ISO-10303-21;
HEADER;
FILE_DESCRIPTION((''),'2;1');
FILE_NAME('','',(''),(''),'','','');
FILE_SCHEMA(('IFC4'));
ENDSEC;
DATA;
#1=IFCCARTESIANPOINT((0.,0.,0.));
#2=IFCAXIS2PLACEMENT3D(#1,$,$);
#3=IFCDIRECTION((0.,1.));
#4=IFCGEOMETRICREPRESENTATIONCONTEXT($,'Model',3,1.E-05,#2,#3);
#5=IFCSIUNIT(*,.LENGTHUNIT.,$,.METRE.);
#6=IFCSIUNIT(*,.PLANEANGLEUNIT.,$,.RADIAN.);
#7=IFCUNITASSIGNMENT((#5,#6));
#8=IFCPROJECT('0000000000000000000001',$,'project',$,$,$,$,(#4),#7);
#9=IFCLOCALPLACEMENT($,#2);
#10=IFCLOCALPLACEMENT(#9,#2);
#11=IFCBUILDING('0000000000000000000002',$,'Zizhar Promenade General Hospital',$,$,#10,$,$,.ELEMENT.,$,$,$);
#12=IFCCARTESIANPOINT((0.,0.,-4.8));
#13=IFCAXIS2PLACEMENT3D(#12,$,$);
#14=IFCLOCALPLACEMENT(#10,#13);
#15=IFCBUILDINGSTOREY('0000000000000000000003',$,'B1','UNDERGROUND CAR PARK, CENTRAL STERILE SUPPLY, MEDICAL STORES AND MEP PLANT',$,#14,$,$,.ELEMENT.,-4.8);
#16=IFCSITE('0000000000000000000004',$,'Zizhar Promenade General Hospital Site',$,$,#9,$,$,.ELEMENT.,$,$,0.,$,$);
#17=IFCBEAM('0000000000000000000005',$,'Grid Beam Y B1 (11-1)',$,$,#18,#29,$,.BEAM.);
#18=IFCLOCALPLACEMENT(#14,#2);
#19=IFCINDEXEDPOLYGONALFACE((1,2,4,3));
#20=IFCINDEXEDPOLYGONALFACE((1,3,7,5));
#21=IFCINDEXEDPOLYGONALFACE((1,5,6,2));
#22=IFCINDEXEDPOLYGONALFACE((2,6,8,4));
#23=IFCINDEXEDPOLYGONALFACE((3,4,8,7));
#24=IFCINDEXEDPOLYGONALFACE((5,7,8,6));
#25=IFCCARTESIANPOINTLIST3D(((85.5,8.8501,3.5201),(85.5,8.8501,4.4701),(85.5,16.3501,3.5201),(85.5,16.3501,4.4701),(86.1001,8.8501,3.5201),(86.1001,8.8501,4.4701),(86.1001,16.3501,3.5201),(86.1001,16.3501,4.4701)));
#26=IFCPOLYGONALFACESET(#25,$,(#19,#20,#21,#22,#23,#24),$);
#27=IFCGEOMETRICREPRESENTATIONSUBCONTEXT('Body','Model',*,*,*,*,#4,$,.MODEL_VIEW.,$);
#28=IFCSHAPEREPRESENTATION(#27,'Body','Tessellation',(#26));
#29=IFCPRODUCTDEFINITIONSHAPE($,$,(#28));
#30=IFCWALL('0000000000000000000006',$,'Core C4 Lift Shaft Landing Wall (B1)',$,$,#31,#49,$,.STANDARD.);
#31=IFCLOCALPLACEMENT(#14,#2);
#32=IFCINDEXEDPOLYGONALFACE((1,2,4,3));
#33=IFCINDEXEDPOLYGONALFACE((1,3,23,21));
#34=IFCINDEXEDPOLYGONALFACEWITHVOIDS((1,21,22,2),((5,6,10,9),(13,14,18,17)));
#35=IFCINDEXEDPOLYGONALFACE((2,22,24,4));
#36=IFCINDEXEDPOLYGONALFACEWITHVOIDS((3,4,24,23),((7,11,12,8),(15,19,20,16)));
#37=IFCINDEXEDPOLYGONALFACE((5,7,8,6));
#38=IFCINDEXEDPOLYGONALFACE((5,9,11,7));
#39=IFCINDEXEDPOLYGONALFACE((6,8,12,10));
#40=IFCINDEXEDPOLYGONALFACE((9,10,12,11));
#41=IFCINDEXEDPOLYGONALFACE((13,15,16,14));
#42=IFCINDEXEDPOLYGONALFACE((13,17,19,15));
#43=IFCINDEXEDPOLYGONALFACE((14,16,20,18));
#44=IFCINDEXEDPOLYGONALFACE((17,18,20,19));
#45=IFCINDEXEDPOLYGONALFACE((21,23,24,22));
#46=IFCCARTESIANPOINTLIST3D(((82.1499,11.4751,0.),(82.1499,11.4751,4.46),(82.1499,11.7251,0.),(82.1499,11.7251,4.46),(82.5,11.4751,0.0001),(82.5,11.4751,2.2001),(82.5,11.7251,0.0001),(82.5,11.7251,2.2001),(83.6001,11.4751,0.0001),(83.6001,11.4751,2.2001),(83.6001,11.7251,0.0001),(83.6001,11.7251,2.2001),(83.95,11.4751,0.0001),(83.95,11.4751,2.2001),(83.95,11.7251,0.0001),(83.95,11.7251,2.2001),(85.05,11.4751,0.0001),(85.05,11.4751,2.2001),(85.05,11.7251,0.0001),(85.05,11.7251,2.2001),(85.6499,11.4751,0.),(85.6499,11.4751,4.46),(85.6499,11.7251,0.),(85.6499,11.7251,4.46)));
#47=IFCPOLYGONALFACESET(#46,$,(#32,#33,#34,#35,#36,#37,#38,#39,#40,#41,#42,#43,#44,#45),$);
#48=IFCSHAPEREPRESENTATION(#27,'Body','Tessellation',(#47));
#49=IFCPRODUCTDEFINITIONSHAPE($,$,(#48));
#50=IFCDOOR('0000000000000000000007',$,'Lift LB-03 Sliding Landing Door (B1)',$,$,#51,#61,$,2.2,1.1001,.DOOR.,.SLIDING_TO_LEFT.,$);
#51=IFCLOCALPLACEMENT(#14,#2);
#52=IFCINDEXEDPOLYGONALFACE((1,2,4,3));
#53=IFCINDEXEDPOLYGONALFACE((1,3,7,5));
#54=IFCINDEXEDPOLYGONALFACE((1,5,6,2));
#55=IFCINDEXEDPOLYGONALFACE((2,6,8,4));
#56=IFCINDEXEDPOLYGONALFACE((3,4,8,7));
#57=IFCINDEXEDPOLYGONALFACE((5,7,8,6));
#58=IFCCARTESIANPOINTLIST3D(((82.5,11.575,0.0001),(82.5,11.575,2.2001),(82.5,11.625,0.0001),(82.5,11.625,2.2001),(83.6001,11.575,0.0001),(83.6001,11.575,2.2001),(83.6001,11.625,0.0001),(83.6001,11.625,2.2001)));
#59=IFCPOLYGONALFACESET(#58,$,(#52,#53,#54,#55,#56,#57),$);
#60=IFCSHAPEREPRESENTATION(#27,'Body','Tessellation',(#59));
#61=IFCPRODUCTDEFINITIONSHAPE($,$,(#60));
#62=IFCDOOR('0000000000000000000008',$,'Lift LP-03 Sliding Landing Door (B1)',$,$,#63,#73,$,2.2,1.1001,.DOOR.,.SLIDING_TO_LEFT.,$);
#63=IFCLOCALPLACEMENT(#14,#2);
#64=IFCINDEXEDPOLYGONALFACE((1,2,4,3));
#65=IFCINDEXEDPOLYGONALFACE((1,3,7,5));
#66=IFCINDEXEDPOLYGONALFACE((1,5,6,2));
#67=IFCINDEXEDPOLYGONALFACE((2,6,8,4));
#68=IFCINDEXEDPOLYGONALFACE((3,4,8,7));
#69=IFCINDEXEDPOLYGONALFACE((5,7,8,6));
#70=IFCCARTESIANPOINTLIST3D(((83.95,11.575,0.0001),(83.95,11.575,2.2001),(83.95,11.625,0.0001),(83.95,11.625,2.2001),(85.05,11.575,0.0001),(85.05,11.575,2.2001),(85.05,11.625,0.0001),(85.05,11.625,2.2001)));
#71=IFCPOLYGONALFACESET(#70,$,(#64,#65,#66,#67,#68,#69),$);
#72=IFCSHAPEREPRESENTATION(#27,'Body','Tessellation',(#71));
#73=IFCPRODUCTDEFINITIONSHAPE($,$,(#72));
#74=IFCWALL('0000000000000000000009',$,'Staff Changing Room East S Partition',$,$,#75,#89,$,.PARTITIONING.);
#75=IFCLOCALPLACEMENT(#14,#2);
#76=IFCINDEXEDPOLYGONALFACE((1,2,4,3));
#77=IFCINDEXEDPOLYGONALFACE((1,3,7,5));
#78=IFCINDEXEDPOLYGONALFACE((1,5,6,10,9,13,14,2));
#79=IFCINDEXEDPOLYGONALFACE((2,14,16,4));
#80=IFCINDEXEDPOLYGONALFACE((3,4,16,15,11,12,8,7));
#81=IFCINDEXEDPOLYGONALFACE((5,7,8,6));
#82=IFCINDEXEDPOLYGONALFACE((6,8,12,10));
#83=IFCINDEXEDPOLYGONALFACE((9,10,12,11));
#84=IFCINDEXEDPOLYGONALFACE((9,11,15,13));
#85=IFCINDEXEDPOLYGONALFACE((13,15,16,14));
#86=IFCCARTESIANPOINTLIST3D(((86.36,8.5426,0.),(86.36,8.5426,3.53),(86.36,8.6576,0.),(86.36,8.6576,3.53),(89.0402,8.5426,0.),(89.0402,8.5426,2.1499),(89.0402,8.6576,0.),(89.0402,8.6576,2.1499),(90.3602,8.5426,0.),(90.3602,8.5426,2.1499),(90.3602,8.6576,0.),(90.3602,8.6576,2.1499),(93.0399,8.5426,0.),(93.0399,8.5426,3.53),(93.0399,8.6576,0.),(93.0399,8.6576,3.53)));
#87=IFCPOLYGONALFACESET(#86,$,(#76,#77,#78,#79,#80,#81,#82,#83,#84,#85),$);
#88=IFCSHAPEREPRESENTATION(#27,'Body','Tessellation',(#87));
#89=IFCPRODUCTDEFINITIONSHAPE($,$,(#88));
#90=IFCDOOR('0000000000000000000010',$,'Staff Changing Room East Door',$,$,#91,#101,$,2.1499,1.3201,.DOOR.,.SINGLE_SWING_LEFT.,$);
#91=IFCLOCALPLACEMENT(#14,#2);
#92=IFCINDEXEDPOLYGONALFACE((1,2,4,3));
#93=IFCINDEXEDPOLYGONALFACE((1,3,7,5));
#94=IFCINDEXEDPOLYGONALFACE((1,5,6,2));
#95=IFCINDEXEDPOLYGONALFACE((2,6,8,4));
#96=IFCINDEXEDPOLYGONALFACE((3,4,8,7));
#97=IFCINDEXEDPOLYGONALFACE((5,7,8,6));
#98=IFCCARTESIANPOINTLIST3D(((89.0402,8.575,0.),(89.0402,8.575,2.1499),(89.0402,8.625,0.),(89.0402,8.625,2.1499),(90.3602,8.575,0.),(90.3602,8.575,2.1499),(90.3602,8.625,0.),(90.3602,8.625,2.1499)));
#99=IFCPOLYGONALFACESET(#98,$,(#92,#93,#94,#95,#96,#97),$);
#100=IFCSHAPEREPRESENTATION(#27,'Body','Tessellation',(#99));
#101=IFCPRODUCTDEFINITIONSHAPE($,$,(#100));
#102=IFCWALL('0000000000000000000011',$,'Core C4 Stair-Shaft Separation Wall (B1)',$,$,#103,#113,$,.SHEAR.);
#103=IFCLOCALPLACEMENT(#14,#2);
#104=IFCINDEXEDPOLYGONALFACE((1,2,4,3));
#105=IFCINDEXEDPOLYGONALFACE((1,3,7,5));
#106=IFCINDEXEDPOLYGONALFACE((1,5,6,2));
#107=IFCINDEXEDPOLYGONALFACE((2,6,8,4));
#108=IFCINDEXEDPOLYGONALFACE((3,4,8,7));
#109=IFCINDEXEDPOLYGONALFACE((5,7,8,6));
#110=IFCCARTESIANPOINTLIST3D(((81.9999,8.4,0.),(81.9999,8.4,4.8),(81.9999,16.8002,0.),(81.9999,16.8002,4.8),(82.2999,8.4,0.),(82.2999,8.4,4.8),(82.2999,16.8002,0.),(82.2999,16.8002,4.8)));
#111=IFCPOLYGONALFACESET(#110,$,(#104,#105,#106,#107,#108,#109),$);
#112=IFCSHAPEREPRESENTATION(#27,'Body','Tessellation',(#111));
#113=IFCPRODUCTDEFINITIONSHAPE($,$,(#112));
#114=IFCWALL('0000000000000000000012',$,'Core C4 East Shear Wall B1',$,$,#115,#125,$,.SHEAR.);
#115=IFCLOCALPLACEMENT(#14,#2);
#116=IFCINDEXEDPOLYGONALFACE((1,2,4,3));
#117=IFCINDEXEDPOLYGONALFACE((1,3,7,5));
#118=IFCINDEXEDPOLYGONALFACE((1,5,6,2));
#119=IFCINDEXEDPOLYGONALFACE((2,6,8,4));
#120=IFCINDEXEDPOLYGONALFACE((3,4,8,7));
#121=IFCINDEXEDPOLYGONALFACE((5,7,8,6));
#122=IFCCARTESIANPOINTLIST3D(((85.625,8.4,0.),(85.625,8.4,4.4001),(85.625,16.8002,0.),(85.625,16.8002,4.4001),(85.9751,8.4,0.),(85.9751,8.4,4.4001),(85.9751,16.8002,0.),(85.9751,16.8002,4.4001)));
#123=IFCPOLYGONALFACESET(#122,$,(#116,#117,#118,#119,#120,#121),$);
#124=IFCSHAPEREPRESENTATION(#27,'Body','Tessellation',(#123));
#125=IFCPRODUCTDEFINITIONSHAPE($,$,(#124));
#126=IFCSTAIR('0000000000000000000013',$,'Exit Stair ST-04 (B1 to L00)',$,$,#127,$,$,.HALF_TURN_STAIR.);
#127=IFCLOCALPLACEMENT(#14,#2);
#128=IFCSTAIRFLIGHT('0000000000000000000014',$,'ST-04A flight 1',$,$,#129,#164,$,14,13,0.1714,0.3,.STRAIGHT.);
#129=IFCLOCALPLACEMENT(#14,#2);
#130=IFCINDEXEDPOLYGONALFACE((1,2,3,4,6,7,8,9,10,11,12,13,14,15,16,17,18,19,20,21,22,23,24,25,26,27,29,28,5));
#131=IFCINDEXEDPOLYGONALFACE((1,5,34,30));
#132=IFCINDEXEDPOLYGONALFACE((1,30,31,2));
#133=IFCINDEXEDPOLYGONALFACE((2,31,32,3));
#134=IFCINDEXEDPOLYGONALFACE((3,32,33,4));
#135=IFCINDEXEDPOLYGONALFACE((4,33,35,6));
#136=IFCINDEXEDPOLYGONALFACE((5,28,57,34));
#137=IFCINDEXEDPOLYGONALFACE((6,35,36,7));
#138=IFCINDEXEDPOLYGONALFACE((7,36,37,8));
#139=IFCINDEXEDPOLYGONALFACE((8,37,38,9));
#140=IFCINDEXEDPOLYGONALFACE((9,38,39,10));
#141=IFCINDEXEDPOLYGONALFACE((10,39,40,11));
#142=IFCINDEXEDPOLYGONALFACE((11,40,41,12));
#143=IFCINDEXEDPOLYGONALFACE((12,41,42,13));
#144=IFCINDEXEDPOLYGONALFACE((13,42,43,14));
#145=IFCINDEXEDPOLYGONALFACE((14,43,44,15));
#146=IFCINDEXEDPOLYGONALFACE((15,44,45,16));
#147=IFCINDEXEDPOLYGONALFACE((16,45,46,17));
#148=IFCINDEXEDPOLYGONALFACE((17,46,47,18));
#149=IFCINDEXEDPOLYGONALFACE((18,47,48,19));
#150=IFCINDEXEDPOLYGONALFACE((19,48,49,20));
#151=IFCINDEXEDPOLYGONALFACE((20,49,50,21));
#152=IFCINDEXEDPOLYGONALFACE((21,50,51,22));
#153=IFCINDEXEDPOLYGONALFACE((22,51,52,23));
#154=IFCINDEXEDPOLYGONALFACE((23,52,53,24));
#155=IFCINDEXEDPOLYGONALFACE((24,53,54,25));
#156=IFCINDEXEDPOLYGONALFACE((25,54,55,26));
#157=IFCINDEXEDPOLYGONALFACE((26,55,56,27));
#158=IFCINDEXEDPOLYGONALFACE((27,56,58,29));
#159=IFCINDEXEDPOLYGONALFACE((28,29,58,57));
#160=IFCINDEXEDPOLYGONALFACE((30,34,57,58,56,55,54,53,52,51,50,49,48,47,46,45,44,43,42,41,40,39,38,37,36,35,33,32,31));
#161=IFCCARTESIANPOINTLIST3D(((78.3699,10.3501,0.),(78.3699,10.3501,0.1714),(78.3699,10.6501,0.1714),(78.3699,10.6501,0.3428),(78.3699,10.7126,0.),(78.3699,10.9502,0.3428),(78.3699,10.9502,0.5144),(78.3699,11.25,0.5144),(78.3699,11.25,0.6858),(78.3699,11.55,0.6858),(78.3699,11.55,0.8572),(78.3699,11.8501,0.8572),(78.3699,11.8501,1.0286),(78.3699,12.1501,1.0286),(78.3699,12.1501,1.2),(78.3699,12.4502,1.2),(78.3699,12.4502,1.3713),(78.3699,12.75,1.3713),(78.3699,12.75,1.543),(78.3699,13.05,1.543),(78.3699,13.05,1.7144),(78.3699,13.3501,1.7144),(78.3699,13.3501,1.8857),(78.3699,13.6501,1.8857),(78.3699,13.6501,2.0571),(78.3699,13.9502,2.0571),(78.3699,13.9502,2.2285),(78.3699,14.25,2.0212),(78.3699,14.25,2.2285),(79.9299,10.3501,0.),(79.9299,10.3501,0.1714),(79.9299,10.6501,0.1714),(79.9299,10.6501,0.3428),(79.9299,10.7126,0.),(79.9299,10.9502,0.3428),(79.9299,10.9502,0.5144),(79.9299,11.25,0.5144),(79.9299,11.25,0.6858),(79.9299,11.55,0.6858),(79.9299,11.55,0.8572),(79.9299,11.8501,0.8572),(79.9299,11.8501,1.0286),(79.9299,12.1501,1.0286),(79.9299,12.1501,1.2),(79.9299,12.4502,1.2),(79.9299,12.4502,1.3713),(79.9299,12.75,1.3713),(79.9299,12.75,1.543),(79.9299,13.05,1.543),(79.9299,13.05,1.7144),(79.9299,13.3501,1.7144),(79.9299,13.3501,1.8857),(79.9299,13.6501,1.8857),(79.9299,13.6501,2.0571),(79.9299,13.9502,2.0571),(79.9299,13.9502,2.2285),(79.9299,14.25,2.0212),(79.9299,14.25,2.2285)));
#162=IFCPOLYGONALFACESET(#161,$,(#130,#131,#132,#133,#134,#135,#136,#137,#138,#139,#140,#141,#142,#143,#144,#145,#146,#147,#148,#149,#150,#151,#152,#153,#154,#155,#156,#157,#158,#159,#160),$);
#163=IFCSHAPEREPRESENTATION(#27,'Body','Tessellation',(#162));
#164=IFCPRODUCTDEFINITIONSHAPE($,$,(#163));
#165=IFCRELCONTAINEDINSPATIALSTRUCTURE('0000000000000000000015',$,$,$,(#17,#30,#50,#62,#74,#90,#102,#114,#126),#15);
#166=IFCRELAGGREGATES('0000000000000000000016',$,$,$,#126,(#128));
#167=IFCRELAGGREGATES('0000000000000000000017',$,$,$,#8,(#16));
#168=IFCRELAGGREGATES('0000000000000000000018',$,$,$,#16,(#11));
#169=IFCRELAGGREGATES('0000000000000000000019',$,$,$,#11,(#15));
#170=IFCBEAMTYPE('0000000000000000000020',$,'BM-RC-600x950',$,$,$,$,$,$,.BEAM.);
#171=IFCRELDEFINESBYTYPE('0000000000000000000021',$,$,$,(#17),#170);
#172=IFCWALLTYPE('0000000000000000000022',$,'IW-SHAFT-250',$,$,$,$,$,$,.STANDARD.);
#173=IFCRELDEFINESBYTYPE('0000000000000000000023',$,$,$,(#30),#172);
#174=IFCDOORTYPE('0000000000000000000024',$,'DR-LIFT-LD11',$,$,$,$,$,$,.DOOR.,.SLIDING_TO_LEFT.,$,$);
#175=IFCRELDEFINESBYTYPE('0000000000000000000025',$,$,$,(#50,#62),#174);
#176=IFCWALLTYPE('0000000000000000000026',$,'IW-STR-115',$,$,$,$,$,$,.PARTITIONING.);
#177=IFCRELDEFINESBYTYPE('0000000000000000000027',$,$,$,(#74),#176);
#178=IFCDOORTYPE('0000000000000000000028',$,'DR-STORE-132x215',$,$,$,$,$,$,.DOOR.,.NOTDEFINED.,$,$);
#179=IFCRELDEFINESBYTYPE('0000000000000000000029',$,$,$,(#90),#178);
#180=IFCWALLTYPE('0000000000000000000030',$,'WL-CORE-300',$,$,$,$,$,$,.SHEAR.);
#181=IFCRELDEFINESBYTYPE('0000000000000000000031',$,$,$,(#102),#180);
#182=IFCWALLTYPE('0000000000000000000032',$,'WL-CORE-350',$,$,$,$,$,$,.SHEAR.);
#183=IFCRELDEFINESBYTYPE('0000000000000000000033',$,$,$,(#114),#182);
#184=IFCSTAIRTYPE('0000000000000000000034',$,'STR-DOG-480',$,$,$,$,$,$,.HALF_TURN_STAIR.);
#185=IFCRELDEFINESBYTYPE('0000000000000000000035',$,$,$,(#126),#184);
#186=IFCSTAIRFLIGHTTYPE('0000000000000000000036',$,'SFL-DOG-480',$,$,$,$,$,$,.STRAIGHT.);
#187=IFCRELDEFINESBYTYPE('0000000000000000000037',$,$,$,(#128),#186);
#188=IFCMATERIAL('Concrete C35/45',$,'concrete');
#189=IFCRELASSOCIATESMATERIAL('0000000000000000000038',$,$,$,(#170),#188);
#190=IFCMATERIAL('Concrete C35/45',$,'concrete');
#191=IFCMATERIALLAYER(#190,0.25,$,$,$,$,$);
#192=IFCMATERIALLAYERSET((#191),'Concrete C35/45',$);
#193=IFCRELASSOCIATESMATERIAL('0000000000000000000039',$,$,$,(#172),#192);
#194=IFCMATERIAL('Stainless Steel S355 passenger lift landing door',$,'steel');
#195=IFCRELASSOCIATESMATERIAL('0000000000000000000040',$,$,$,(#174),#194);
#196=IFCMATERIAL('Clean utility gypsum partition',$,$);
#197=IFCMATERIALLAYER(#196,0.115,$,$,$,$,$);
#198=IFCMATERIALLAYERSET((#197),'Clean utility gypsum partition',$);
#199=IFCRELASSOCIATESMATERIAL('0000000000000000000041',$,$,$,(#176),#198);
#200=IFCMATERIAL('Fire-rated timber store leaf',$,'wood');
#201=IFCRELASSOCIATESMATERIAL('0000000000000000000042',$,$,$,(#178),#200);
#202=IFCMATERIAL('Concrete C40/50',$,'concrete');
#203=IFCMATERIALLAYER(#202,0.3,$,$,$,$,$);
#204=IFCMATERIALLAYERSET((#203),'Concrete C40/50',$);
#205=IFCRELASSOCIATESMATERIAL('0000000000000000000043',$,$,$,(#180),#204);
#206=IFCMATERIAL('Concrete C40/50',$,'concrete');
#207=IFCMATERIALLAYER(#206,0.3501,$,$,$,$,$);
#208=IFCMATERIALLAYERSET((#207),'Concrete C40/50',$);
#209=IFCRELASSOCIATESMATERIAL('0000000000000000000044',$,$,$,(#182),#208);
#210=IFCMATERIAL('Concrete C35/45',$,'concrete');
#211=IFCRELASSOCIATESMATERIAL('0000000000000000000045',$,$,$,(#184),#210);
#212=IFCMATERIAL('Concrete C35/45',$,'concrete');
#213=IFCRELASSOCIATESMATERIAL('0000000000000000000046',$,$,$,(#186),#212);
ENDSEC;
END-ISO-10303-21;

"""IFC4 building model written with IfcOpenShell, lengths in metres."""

from ifc_helpers import new_model, si_unit, direction, frame, frame_2d, origin, origin_2d, place, context, subcontext, project, spatial, polyline, rectangle, outline, extrude, material, layer, layer_set, material_profile, profile_set, type_object, element, fill, aggregate, save


model = new_model("IFC4")

# Units and contexts
model_context = context("Model", 3, precision=1e-05, world=origin(), true_north=direction((0.0, 1.0)))
body_context = subcontext(model_context, "Body", "Model", "MODEL_VIEW")
ifc_project = project(units=[si_unit("LENGTHUNIT", "METRE"), si_unit("PLANEANGLEUNIT", "RADIAN")], contexts=[model_context])

# Site, building, storey
site_placement = place(None, origin())
site = spatial("IfcSite", under=ifc_project, at=site_placement, Name="Zizhar Promenade General Hospital Site", CompositionType="ELEMENT", RefElevation=0.0)
building_placement = place(site_placement, origin())
building = spatial("IfcBuilding", under=site, at=building_placement, Name="Zizhar Promenade General Hospital", CompositionType="ELEMENT")
storey_placement = place(building_placement, frame((0.0, 0.0, -4.8)))
storey = spatial("IfcBuildingStorey", under=building, at=storey_placement, Name="B1", Description="UNDERGROUND CAR PARK, CENTRAL STERILE SUPPLY, MEDICAL STORES AND MEP PLANT", CompositionType="ELEMENT", Elevation=-4.8)

# Beam
ifc_material_1 = material(Name="Concrete C35/45", Category="concrete")
ifc_material_profile_1 = material_profile(ifc_material_1, rectangle(XDim=0.6001, YDim=0.95, at=origin_2d()))
ifc_profile_set_1 = profile_set([ifc_material_profile_1], Name="Concrete C35/45")
beam_type_1 = type_object("IfcBeamType", Name="BM-RC-600x950", PredefinedType="BEAM", material=ifc_profile_set_1)
for number, where, z_axis, x_axis, name in (
    (1, (85.8, 8.8501, 3.9951), (0.0, 1.0, 0.0), (-1.0, 0.0, 0.0), "Grid Beam Y B1 (11-1)"),
):
    element("IfcBeam", number, at=place(storey_placement, frame(where, z_axis=z_axis, x_axis=x_axis)), inside=storey, type_object=beam_type_1, Name=name, PredefinedType="BEAM", context=body_context, shape_type="SweptSolid", body=[
        extrude(rectangle(XDim=0.6001, YDim=0.95, at=origin_2d()), origin(), (0.0, 0.0, 1.0), 7.5),
    ])

# Wall, openings, doors
ifc_material_2 = material(Name="Concrete C35/45", Category="concrete")
ifc_layer_1 = layer(ifc_material_2, 0.25)
ifc_layer_set_1 = layer_set([ifc_layer_1], Name="Concrete C35/45")
wall_type_1 = type_object("IfcWallType", Name="IW-SHAFT-250", PredefinedType="STANDARD", material=ifc_layer_set_1)
wall_1_placement = place(storey_placement, frame((82.1499, 11.6001, 0.0), z_axis=(0.0, 0.0, 1.0), x_axis=(1.0, 0.0, 0.0)))
wall_1 = element("IfcWall", 2, at=wall_1_placement, inside=storey, type_object=wall_type_1, Name="Core C4 Lift Shaft Landing Wall (B1)", PredefinedType="STANDARD", context=body_context, shape_type="SweptSolid", body=[
    extrude(rectangle(XDim=3.5, YDim=0.25, at=frame_2d((1.75, 0.0))), origin(), (0.0, 0.0, 1.0), 4.46),
])
opening_1_placement = place(wall_1_placement, frame((0.3501, 0.0, 0.0)))
opening_1 = element("IfcOpeningElement", 3, at=opening_1_placement, cuts=wall_1, PredefinedType="OPENING", context=body_context, shape_type="SweptSolid", body=[
    extrude(rectangle(XDim=1.1001, YDim=2.2, at=frame_2d((0.55, 1.1001))), frame((0.0, 0.135, 0.0), z_axis=(0.0, -1.0, 0.0), x_axis=(1.0, 0.0, 0.0)), (0.0, 0.0, 1.0), 0.27),
])
opening_2_placement = place(wall_1_placement, frame((1.8, 0.0, 0.0)))
opening_2 = element("IfcOpeningElement", 4, at=opening_2_placement, cuts=wall_1, PredefinedType="OPENING", context=body_context, shape_type="SweptSolid", body=[
    extrude(rectangle(XDim=1.1001, YDim=2.2, at=frame_2d((0.55, 1.1001))), frame((0.0, 0.135, 0.0), z_axis=(0.0, -1.0, 0.0), x_axis=(1.0, 0.0, 0.0)), (0.0, 0.0, 1.0), 0.27),
])
ifc_material_3 = material(Name="Stainless Steel S355 passenger lift landing door", Category="steel")
door_type_1 = type_object("IfcDoorType", Name="DR-LIFT-LD11", OperationType="SLIDING_TO_LEFT", PredefinedType="DOOR", material=ifc_material_3)
door_1_placement = place(opening_1_placement, origin())
door_1 = element("IfcDoor", 5, at=door_1_placement, inside=storey, type_object=door_type_1, Name="Lift LB-03 Sliding Landing Door (B1)", OperationType="SLIDING_TO_LEFT", OverallHeight=2.2, OverallWidth=1.1001, PredefinedType="DOOR", context=body_context, shape_type="SweptSolid", body=[
    extrude(rectangle(XDim=1.1001, YDim=2.2, at=frame_2d((0.55, 1.1001))), frame((0.0, 0.0249, 0.0), z_axis=(0.0, -1.0, 0.0), x_axis=(1.0, 0.0, 0.0)), (0.0, 0.0, 1.0), 0.05),
])
fill(opening_1, door_1)
door_2_placement = place(opening_2_placement, origin())
door_2 = element("IfcDoor", 6, at=door_2_placement, inside=storey, type_object=door_type_1, Name="Lift LP-03 Sliding Landing Door (B1)", OperationType="SLIDING_TO_LEFT", OverallHeight=2.2, OverallWidth=1.1001, PredefinedType="DOOR", context=body_context, shape_type="SweptSolid", body=[
    extrude(rectangle(XDim=1.1001, YDim=2.2, at=frame_2d((0.55, 1.1001))), frame((0.0, 0.0249, 0.0), z_axis=(0.0, -1.0, 0.0), x_axis=(1.0, 0.0, 0.0)), (0.0, 0.0, 1.0), 0.05),
])
fill(opening_2, door_2)

# Wall, opening, door
ifc_material_4 = material(Name="Clean utility gypsum partition")
ifc_layer_2 = layer(ifc_material_4, 0.115)
ifc_layer_set_2 = layer_set([ifc_layer_2], Name="Clean utility gypsum partition")
wall_type_2 = type_object("IfcWallType", Name="IW-STR-115", PredefinedType="PARTITIONING", material=ifc_layer_set_2)
wall_2_placement = place(storey_placement, frame((86.3601, 8.6001, 0.0), z_axis=(0.0, 0.0, 1.0), x_axis=(1.0, 0.0, 0.0)))
wall_2 = element("IfcWall", 7, at=wall_2_placement, inside=storey, type_object=wall_type_2, Name="Staff Changing Room East S Partition", PredefinedType="PARTITIONING", context=body_context, shape_type="SweptSolid", body=[
    extrude(rectangle(XDim=6.6799, YDim=0.115, at=frame_2d((3.3398, 0.0))), origin(), (0.0, 0.0, 1.0), 3.53),
])
opening_3_placement = place(wall_2_placement, frame((2.6799, 0.0, 0.0)))
opening_3 = element("IfcOpeningElement", 8, at=opening_3_placement, cuts=wall_2, PredefinedType="OPENING", context=body_context, shape_type="SweptSolid", body=[
    extrude(rectangle(XDim=1.3201, YDim=2.1499, at=frame_2d((0.6602, 1.075))), frame((0.0, 0.0674, 0.0), z_axis=(0.0, -1.0, 0.0), x_axis=(1.0, 0.0, 0.0)), (0.0, 0.0, 1.0), 0.135),
])
ifc_material_5 = material(Name="Fire-rated timber store leaf", Category="wood")
door_type_2 = type_object("IfcDoorType", Name="DR-STORE-132x215", OperationType="NOTDEFINED", PredefinedType="DOOR", material=ifc_material_5)
door_3_placement = place(opening_3_placement, origin())
door_3 = element("IfcDoor", 9, at=door_3_placement, inside=storey, type_object=door_type_2, Name="Staff Changing Room East Door", OperationType="SINGLE_SWING_LEFT", OverallHeight=2.1499, OverallWidth=1.3201, PredefinedType="DOOR", context=body_context, shape_type="SweptSolid", body=[
    extrude(rectangle(XDim=1.3201, YDim=2.1499, at=frame_2d((0.6602, 1.075))), frame((0.0, 0.0249, 0.0), z_axis=(0.0, -1.0, 0.0), x_axis=(1.0, 0.0, 0.0)), (0.0, 0.0, 1.0), 0.05),
])
fill(opening_3, door_3)

# Walls
ifc_material_6 = material(Name="Concrete C40/50", Category="concrete")
ifc_layer_3 = layer(ifc_material_6, 0.3)
ifc_layer_set_3 = layer_set([ifc_layer_3], Name="Concrete C40/50")
wall_type_3 = type_object("IfcWallType", Name="WL-CORE-300", PredefinedType="SHEAR", material=ifc_layer_set_3)
wall_3_placement = place(storey_placement, frame((82.1499, 8.3999, 0.0), z_axis=(0.0, 0.0, 1.0), x_axis=(0.0, 1.0, 0.0)))
element("IfcWall", 10, at=wall_3_placement, inside=storey, type_object=wall_type_3, Name="Core C4 Stair-Shaft Separation Wall (B1)", PredefinedType="SHEAR", context=body_context, shape_type="SweptSolid", body=[
    extrude(rectangle(XDim=8.4001, YDim=0.3, at=frame_2d((4.2002, 0.0))), origin(), (0.0, 0.0, 1.0), 4.8),
])
ifc_material_7 = material(Name="Concrete C40/50", Category="concrete")
ifc_layer_4 = layer(ifc_material_7, 0.3501)
ifc_layer_set_4 = layer_set([ifc_layer_4], Name="Concrete C40/50")
wall_type_4 = type_object("IfcWallType", Name="WL-CORE-350", PredefinedType="SHEAR", material=ifc_layer_set_4)
wall_4_placement = place(storey_placement, frame((85.8, 8.3999, 0.0), z_axis=(0.0, 0.0, 1.0), x_axis=(0.0, 1.0, 0.0)))
element("IfcWall", 11, at=wall_4_placement, inside=storey, type_object=wall_type_4, Name="Core C4 East Shear Wall B1", PredefinedType="SHEAR", context=body_context, shape_type="SweptSolid", body=[
    extrude(rectangle(XDim=8.4001, YDim=0.3501, at=frame_2d((4.2002, 0.0))), origin(), (0.0, 0.0, 1.0), 4.4001),
])

# Stair, stair flight
ifc_material_8 = material(Name="Concrete C35/45", Category="concrete")
stair_type = type_object("IfcStairType", Name="STR-DOG-480", PredefinedType="HALF_TURN_STAIR", material=ifc_material_8)
stair_placement = place(storey_placement, origin())
stair = element("IfcStair", 12, at=stair_placement, inside=storey, type_object=stair_type, Name="Exit Stair ST-04 (B1 to L00)", PredefinedType="HALF_TURN_STAIR")
ifc_material_9 = material(Name="Concrete C35/45", Category="concrete")
stair_flight_type = type_object("IfcStairFlightType", Name="SFL-DOG-480", PredefinedType="STRAIGHT", material=ifc_material_9)
stair_flight_1_placement = place(storey_placement, frame((79.1499, 10.3501, 0.0), z_axis=(0.0, 0.0, 1.0), x_axis=(0.0, 1.0, 0.0)))
stair_flight_1 = element("IfcStairFlight", 13, at=stair_flight_1_placement, type_object=stair_flight_type, Name="ST-04A flight 1", NumberOfRisers=14, NumberOfTreads=13, PredefinedType="STRAIGHT", RiserHeight=0.1714, TreadLength=0.3, context=body_context, shape_type="SweptSolid", body=[
    extrude(outline(polyline([(0.0, 0.0), (0.0, 0.1714), (0.3, 0.1714), (0.3, 0.3428), (0.6001, 0.3428), (0.6001, 0.5144), (0.8999, 0.5144), (0.8999, 0.6858), (1.2, 0.6858), (1.2, 0.8572), (1.5, 0.8572), (1.5, 1.0286), (1.8, 1.0286), (1.8, 1.2), (2.1001, 1.2), (2.1001, 1.3713), (2.3999, 1.3713), (2.3999, 1.543), (2.7, 1.543), (2.7, 1.7144), (3.0, 1.7144), (3.0, 1.8857), (3.3, 1.8857), (3.3, 2.0571), (3.6001, 2.0571), (3.6001, 2.2285), (3.8999, 2.2285), (3.8999, 2.3999), (3.8999, 2.0212), (0.3625, 0.0), (0.0, 0.0)])), frame((0.0, 0.78, 0.0), z_axis=(0.0, -1.0, 0.0), x_axis=(1.0, 0.0, 0.0)), (0.0, 0.0, 1.0), 1.5601),
])
aggregate(stair, [stair_flight_1])

save(model, "model.ifc")
